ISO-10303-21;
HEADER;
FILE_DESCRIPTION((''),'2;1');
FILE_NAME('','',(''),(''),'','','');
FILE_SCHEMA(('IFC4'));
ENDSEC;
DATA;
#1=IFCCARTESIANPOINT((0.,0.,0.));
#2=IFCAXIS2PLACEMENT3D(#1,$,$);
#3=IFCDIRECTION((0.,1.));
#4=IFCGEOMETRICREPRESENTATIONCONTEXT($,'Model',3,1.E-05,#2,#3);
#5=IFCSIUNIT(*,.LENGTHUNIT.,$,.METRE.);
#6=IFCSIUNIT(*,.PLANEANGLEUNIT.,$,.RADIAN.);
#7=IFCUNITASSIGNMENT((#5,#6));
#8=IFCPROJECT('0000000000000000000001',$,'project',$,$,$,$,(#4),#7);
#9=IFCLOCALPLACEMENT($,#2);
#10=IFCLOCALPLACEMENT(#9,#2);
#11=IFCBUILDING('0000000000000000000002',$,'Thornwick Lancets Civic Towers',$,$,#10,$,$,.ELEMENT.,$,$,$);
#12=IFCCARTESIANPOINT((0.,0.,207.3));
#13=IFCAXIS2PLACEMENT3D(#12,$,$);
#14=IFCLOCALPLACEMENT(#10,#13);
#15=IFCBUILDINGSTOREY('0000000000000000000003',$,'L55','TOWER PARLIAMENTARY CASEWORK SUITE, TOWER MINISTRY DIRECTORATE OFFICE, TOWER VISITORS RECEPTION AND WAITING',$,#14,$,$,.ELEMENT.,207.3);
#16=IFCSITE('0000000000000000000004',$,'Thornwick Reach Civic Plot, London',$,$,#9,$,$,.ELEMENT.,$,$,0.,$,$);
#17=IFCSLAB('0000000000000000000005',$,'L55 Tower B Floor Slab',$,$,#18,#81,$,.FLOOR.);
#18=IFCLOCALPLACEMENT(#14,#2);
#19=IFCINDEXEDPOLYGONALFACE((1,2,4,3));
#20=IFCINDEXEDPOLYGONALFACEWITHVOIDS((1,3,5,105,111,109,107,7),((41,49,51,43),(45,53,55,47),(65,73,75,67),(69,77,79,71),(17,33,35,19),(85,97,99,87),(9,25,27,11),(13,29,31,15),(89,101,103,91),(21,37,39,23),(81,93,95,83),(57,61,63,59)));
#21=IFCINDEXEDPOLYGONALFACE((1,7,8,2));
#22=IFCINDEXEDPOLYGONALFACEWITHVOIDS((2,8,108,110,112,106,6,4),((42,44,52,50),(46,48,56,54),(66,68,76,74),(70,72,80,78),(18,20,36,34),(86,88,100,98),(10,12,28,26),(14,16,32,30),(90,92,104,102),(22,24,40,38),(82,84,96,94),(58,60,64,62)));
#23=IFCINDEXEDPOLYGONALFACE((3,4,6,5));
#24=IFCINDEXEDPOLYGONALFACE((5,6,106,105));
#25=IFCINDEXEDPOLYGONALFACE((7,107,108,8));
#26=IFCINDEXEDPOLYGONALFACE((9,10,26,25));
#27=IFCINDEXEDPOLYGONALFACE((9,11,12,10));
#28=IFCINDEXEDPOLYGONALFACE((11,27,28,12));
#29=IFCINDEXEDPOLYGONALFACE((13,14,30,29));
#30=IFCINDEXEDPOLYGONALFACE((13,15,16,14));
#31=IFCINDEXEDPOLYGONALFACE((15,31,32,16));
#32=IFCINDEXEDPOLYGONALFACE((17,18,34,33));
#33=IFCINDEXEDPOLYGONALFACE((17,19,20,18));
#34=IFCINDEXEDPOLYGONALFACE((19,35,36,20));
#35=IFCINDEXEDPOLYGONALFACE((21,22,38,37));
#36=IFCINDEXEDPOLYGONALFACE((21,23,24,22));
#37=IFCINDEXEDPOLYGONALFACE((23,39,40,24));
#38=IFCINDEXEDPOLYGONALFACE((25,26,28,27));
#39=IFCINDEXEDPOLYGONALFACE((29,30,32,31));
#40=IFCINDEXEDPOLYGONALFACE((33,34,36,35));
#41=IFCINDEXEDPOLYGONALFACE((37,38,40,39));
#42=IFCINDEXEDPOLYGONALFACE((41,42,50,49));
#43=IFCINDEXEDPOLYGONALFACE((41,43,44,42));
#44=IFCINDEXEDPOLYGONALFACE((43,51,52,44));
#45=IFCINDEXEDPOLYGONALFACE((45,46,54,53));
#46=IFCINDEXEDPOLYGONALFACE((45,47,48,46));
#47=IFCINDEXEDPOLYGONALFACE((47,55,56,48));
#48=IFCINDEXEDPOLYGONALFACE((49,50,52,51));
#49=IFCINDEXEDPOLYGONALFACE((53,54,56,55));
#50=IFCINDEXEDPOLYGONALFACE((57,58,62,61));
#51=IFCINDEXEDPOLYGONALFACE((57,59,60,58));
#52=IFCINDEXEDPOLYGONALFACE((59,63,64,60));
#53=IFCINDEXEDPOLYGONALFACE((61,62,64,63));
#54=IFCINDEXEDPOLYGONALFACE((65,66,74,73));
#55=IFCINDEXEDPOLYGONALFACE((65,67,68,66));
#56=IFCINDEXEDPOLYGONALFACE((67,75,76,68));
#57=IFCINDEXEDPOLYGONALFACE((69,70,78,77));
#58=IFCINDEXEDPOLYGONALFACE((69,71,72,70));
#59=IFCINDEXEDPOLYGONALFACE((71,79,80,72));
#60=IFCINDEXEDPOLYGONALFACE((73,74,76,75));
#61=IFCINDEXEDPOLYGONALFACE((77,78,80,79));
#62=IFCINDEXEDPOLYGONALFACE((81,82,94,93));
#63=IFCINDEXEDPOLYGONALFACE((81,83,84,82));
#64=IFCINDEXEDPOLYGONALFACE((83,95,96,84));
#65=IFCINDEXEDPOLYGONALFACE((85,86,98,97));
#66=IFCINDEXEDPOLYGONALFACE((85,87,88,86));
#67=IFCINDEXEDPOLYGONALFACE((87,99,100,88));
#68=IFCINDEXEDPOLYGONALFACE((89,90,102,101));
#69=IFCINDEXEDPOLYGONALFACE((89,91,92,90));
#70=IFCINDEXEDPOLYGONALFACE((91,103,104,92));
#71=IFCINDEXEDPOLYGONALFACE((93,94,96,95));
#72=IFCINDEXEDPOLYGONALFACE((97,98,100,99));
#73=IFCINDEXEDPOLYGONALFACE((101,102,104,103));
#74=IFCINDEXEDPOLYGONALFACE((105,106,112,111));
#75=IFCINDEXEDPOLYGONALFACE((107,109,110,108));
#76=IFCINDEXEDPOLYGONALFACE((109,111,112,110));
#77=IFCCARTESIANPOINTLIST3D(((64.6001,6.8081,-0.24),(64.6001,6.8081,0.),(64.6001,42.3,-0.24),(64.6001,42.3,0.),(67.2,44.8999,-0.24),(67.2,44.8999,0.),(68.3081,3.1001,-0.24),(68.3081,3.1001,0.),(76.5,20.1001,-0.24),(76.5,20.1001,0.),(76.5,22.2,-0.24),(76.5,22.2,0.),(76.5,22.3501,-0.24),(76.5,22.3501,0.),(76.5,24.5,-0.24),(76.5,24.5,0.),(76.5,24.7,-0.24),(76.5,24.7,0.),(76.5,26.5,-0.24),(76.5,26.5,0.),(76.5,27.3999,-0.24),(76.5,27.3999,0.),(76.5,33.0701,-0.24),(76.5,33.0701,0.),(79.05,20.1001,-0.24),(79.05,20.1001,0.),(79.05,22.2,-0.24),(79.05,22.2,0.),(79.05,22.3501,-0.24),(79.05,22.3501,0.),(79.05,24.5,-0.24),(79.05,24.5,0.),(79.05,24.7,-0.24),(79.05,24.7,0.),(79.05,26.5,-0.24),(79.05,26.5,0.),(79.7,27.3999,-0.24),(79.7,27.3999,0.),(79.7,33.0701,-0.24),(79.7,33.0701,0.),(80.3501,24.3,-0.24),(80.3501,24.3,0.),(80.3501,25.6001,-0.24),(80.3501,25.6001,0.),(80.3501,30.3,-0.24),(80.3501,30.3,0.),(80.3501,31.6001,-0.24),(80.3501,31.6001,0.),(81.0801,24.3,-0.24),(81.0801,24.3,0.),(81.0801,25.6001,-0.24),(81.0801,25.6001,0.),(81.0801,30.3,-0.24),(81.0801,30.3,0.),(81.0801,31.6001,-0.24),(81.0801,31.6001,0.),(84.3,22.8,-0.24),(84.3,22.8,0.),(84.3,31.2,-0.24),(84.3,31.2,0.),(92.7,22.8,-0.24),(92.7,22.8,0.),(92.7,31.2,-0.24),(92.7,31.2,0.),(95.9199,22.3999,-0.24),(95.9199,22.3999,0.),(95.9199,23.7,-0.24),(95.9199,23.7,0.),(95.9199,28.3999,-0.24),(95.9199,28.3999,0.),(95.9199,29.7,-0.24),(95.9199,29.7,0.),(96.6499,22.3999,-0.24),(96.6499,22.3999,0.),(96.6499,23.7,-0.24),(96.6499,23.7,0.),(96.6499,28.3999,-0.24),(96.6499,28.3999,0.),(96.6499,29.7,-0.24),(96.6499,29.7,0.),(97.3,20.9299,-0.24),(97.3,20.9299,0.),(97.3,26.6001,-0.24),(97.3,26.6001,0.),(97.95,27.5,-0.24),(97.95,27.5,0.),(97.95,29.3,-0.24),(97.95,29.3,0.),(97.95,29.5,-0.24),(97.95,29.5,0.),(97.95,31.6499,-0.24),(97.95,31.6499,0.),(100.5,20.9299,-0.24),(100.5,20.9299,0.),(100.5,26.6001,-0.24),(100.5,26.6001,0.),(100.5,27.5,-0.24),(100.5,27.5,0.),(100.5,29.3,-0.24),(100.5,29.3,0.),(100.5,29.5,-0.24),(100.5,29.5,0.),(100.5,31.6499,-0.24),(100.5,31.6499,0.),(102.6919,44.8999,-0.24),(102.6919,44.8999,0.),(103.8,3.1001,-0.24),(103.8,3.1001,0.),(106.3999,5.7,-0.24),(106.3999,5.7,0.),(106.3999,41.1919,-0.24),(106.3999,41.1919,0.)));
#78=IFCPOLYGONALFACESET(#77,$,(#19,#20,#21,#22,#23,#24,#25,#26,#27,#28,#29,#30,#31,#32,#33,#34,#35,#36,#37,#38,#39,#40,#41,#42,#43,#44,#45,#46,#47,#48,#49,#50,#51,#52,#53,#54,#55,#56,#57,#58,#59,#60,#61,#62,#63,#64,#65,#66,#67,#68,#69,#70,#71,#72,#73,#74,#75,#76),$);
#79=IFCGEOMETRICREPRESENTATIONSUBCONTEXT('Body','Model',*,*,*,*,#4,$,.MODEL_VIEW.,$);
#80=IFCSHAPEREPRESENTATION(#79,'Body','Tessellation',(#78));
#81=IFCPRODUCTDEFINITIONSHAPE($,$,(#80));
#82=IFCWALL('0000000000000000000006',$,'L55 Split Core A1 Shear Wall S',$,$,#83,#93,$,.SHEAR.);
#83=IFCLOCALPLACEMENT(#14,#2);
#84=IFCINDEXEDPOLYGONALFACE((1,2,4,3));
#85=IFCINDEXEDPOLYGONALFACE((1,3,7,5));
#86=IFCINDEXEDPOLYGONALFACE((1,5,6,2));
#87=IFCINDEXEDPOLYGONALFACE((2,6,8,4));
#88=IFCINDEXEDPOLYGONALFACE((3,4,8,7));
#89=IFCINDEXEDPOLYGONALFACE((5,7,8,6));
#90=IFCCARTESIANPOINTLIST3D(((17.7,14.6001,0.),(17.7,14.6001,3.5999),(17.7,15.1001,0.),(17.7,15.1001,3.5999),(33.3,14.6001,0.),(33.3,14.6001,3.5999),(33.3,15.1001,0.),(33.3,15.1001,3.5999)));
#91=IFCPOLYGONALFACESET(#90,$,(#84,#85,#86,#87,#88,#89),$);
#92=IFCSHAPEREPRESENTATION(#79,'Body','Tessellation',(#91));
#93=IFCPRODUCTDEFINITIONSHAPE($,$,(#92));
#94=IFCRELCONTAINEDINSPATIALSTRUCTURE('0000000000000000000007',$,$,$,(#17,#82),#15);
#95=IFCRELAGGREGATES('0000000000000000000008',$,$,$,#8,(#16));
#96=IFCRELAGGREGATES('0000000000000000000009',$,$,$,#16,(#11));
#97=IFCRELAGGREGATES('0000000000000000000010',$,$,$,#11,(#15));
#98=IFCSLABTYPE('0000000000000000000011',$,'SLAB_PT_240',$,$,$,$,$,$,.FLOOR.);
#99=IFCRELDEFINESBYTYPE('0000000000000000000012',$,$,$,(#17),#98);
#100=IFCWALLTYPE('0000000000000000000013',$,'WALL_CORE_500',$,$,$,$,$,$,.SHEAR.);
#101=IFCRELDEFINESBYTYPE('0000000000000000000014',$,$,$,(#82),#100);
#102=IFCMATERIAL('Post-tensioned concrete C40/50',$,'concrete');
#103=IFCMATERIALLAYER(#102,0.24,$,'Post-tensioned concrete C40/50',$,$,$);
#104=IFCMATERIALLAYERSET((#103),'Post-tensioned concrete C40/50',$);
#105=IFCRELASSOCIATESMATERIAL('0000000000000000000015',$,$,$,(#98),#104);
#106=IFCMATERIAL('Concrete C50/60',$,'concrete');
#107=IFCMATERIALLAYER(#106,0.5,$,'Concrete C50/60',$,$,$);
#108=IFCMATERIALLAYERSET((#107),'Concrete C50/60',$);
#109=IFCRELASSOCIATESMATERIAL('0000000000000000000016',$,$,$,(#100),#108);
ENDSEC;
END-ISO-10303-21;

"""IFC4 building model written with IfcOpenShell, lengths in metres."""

from ifc_helpers import new_model, si_unit, direction, frame, frame_2d, origin, place, context, subcontext, project, spatial, polyline, rectangle, outline, extrude, material, layer, layer_set, type_object, element, save


model = new_model("IFC4")

# Units and contexts
model_context = context("Model", 3, precision=1e-05, world=origin(), true_north=direction((0.0, 1.0)))
body_context = subcontext(model_context, "Body", "Model", "MODEL_VIEW")
ifc_project = project(units=[si_unit("LENGTHUNIT", "METRE"), si_unit("PLANEANGLEUNIT", "RADIAN")], contexts=[model_context])

# Site, building, storey
site_placement = place(None, origin())
site = spatial("IfcSite", under=ifc_project, at=site_placement, Name="Thornwick Reach Civic Plot, London", CompositionType="ELEMENT", RefElevation=0.0)
building_placement = place(site_placement, origin())
building = spatial("IfcBuilding", under=site, at=building_placement, Name="Thornwick Lancets Civic Towers", CompositionType="ELEMENT")
storey_placement = place(building_placement, frame((0.0, 0.0, 207.3)))
storey = spatial("IfcBuildingStorey", under=building, at=storey_placement, Name="L55", Description="TOWER PARLIAMENTARY CASEWORK SUITE, TOWER MINISTRY DIRECTORATE OFFICE, TOWER VISITORS RECEPTION AND WAITING", CompositionType="ELEMENT", Elevation=207.3)

# Shared definitions
ifc_material_1 = material(Name="Concrete C50/60", Category="concrete")

# Shared definitions
ifc_material_2 = material(Name="Post-tensioned concrete C40/50", Category="concrete")

# Slab
ifc_layer_1 = layer(ifc_material_2, 0.24, Name="Post-tensioned concrete C40/50")
ifc_layer_set_1 = layer_set([ifc_layer_1], Name="Post-tensioned concrete C40/50")
slab_type_1 = type_object("IfcSlabType", Name="SLAB_PT_240", PredefinedType="FLOOR", material=ifc_layer_set_1)
slab_1_placement = place(storey_placement, frame((0.0, 0.0, -0.24)))
element("IfcSlab", 1, at=slab_1_placement, inside=storey, type_object=slab_type_1, Name="L55 Tower B Floor Slab", PredefinedType="FLOOR", context=body_context, shape_type="SweptSolid", body=[
    extrude(outline(polyline([(68.3081, 3.1001), (103.8, 3.1001), (106.3999, 5.7), (106.3999, 41.1919), (102.6919, 44.8999), (67.2, 44.8999), (64.6001, 42.3), (64.6001, 6.8081), (68.3081, 3.1001)]), holes=[polyline([(84.3, 22.8), (92.7, 22.8), (92.7, 31.2), (84.3, 31.2), (84.3, 22.8)]), polyline([(100.5, 20.9299), (100.5, 26.6001), (97.3, 26.6001), (97.3, 20.9299), (100.5, 20.9299)]), polyline([(76.5, 33.0701), (76.5, 27.3999), (79.7, 27.3999), (79.7, 33.0701), (76.5, 33.0701)]), polyline([(97.95, 27.5), (100.5, 27.5), (100.5, 29.3), (97.95, 29.3), (97.95, 27.5)]), polyline([(97.95, 29.5), (100.5, 29.5), (100.5, 31.6499), (97.95, 31.6499), (97.95, 29.5)]), polyline([(76.5, 24.7), (79.05, 24.7), (79.05, 26.5), (76.5, 26.5), (76.5, 24.7)]), polyline([(76.5, 22.3501), (79.05, 22.3501), (79.05, 24.5), (76.5, 24.5), (76.5, 22.3501)]), polyline([(76.5, 20.1001), (79.05, 20.1001), (79.05, 22.2), (76.5, 22.2), (76.5, 20.1001)]), polyline([(95.9199, 28.3999), (96.6499, 28.3999), (96.6499, 29.7), (95.9199, 29.7), (95.9199, 28.3999)]), polyline([(95.9199, 22.3999), (96.6499, 22.3999), (96.6499, 23.7), (95.9199, 23.7), (95.9199, 22.3999)]), polyline([(80.3501, 24.3), (81.0801, 24.3), (81.0801, 25.6001), (80.3501, 25.6001), (80.3501, 24.3)]), polyline([(80.3501, 30.3), (81.0801, 30.3), (81.0801, 31.6001), (80.3501, 31.6001), (80.3501, 30.3)])]), origin(), (0.0, 0.0, 1.0), 0.24),
])

# Wall
ifc_layer_2 = layer(ifc_material_1, 0.5, Name="Concrete C50/60")
ifc_layer_set_2 = layer_set([ifc_layer_2], Name="Concrete C50/60")
wall_type_1 = type_object("IfcWallType", Name="WALL_CORE_500", PredefinedType="SHEAR", material=ifc_layer_set_2)
wall_1_placement = place(storey_placement, frame((17.7, 14.8501, 0.0), z_axis=(0.0, 0.0, 1.0), x_axis=(1.0, 0.0, 0.0)))
element("IfcWall", 2, at=wall_1_placement, inside=storey, type_object=wall_type_1, Name="L55 Split Core A1 Shear Wall S", PredefinedType="SHEAR", context=body_context, shape_type="SweptSolid", body=[
    extrude(rectangle(XDim=15.6001, YDim=0.5, at=frame_2d((7.8, 0.0))), origin(), (0.0, 0.0, 1.0), 3.5999),
])

save(model, "model.ifc")
